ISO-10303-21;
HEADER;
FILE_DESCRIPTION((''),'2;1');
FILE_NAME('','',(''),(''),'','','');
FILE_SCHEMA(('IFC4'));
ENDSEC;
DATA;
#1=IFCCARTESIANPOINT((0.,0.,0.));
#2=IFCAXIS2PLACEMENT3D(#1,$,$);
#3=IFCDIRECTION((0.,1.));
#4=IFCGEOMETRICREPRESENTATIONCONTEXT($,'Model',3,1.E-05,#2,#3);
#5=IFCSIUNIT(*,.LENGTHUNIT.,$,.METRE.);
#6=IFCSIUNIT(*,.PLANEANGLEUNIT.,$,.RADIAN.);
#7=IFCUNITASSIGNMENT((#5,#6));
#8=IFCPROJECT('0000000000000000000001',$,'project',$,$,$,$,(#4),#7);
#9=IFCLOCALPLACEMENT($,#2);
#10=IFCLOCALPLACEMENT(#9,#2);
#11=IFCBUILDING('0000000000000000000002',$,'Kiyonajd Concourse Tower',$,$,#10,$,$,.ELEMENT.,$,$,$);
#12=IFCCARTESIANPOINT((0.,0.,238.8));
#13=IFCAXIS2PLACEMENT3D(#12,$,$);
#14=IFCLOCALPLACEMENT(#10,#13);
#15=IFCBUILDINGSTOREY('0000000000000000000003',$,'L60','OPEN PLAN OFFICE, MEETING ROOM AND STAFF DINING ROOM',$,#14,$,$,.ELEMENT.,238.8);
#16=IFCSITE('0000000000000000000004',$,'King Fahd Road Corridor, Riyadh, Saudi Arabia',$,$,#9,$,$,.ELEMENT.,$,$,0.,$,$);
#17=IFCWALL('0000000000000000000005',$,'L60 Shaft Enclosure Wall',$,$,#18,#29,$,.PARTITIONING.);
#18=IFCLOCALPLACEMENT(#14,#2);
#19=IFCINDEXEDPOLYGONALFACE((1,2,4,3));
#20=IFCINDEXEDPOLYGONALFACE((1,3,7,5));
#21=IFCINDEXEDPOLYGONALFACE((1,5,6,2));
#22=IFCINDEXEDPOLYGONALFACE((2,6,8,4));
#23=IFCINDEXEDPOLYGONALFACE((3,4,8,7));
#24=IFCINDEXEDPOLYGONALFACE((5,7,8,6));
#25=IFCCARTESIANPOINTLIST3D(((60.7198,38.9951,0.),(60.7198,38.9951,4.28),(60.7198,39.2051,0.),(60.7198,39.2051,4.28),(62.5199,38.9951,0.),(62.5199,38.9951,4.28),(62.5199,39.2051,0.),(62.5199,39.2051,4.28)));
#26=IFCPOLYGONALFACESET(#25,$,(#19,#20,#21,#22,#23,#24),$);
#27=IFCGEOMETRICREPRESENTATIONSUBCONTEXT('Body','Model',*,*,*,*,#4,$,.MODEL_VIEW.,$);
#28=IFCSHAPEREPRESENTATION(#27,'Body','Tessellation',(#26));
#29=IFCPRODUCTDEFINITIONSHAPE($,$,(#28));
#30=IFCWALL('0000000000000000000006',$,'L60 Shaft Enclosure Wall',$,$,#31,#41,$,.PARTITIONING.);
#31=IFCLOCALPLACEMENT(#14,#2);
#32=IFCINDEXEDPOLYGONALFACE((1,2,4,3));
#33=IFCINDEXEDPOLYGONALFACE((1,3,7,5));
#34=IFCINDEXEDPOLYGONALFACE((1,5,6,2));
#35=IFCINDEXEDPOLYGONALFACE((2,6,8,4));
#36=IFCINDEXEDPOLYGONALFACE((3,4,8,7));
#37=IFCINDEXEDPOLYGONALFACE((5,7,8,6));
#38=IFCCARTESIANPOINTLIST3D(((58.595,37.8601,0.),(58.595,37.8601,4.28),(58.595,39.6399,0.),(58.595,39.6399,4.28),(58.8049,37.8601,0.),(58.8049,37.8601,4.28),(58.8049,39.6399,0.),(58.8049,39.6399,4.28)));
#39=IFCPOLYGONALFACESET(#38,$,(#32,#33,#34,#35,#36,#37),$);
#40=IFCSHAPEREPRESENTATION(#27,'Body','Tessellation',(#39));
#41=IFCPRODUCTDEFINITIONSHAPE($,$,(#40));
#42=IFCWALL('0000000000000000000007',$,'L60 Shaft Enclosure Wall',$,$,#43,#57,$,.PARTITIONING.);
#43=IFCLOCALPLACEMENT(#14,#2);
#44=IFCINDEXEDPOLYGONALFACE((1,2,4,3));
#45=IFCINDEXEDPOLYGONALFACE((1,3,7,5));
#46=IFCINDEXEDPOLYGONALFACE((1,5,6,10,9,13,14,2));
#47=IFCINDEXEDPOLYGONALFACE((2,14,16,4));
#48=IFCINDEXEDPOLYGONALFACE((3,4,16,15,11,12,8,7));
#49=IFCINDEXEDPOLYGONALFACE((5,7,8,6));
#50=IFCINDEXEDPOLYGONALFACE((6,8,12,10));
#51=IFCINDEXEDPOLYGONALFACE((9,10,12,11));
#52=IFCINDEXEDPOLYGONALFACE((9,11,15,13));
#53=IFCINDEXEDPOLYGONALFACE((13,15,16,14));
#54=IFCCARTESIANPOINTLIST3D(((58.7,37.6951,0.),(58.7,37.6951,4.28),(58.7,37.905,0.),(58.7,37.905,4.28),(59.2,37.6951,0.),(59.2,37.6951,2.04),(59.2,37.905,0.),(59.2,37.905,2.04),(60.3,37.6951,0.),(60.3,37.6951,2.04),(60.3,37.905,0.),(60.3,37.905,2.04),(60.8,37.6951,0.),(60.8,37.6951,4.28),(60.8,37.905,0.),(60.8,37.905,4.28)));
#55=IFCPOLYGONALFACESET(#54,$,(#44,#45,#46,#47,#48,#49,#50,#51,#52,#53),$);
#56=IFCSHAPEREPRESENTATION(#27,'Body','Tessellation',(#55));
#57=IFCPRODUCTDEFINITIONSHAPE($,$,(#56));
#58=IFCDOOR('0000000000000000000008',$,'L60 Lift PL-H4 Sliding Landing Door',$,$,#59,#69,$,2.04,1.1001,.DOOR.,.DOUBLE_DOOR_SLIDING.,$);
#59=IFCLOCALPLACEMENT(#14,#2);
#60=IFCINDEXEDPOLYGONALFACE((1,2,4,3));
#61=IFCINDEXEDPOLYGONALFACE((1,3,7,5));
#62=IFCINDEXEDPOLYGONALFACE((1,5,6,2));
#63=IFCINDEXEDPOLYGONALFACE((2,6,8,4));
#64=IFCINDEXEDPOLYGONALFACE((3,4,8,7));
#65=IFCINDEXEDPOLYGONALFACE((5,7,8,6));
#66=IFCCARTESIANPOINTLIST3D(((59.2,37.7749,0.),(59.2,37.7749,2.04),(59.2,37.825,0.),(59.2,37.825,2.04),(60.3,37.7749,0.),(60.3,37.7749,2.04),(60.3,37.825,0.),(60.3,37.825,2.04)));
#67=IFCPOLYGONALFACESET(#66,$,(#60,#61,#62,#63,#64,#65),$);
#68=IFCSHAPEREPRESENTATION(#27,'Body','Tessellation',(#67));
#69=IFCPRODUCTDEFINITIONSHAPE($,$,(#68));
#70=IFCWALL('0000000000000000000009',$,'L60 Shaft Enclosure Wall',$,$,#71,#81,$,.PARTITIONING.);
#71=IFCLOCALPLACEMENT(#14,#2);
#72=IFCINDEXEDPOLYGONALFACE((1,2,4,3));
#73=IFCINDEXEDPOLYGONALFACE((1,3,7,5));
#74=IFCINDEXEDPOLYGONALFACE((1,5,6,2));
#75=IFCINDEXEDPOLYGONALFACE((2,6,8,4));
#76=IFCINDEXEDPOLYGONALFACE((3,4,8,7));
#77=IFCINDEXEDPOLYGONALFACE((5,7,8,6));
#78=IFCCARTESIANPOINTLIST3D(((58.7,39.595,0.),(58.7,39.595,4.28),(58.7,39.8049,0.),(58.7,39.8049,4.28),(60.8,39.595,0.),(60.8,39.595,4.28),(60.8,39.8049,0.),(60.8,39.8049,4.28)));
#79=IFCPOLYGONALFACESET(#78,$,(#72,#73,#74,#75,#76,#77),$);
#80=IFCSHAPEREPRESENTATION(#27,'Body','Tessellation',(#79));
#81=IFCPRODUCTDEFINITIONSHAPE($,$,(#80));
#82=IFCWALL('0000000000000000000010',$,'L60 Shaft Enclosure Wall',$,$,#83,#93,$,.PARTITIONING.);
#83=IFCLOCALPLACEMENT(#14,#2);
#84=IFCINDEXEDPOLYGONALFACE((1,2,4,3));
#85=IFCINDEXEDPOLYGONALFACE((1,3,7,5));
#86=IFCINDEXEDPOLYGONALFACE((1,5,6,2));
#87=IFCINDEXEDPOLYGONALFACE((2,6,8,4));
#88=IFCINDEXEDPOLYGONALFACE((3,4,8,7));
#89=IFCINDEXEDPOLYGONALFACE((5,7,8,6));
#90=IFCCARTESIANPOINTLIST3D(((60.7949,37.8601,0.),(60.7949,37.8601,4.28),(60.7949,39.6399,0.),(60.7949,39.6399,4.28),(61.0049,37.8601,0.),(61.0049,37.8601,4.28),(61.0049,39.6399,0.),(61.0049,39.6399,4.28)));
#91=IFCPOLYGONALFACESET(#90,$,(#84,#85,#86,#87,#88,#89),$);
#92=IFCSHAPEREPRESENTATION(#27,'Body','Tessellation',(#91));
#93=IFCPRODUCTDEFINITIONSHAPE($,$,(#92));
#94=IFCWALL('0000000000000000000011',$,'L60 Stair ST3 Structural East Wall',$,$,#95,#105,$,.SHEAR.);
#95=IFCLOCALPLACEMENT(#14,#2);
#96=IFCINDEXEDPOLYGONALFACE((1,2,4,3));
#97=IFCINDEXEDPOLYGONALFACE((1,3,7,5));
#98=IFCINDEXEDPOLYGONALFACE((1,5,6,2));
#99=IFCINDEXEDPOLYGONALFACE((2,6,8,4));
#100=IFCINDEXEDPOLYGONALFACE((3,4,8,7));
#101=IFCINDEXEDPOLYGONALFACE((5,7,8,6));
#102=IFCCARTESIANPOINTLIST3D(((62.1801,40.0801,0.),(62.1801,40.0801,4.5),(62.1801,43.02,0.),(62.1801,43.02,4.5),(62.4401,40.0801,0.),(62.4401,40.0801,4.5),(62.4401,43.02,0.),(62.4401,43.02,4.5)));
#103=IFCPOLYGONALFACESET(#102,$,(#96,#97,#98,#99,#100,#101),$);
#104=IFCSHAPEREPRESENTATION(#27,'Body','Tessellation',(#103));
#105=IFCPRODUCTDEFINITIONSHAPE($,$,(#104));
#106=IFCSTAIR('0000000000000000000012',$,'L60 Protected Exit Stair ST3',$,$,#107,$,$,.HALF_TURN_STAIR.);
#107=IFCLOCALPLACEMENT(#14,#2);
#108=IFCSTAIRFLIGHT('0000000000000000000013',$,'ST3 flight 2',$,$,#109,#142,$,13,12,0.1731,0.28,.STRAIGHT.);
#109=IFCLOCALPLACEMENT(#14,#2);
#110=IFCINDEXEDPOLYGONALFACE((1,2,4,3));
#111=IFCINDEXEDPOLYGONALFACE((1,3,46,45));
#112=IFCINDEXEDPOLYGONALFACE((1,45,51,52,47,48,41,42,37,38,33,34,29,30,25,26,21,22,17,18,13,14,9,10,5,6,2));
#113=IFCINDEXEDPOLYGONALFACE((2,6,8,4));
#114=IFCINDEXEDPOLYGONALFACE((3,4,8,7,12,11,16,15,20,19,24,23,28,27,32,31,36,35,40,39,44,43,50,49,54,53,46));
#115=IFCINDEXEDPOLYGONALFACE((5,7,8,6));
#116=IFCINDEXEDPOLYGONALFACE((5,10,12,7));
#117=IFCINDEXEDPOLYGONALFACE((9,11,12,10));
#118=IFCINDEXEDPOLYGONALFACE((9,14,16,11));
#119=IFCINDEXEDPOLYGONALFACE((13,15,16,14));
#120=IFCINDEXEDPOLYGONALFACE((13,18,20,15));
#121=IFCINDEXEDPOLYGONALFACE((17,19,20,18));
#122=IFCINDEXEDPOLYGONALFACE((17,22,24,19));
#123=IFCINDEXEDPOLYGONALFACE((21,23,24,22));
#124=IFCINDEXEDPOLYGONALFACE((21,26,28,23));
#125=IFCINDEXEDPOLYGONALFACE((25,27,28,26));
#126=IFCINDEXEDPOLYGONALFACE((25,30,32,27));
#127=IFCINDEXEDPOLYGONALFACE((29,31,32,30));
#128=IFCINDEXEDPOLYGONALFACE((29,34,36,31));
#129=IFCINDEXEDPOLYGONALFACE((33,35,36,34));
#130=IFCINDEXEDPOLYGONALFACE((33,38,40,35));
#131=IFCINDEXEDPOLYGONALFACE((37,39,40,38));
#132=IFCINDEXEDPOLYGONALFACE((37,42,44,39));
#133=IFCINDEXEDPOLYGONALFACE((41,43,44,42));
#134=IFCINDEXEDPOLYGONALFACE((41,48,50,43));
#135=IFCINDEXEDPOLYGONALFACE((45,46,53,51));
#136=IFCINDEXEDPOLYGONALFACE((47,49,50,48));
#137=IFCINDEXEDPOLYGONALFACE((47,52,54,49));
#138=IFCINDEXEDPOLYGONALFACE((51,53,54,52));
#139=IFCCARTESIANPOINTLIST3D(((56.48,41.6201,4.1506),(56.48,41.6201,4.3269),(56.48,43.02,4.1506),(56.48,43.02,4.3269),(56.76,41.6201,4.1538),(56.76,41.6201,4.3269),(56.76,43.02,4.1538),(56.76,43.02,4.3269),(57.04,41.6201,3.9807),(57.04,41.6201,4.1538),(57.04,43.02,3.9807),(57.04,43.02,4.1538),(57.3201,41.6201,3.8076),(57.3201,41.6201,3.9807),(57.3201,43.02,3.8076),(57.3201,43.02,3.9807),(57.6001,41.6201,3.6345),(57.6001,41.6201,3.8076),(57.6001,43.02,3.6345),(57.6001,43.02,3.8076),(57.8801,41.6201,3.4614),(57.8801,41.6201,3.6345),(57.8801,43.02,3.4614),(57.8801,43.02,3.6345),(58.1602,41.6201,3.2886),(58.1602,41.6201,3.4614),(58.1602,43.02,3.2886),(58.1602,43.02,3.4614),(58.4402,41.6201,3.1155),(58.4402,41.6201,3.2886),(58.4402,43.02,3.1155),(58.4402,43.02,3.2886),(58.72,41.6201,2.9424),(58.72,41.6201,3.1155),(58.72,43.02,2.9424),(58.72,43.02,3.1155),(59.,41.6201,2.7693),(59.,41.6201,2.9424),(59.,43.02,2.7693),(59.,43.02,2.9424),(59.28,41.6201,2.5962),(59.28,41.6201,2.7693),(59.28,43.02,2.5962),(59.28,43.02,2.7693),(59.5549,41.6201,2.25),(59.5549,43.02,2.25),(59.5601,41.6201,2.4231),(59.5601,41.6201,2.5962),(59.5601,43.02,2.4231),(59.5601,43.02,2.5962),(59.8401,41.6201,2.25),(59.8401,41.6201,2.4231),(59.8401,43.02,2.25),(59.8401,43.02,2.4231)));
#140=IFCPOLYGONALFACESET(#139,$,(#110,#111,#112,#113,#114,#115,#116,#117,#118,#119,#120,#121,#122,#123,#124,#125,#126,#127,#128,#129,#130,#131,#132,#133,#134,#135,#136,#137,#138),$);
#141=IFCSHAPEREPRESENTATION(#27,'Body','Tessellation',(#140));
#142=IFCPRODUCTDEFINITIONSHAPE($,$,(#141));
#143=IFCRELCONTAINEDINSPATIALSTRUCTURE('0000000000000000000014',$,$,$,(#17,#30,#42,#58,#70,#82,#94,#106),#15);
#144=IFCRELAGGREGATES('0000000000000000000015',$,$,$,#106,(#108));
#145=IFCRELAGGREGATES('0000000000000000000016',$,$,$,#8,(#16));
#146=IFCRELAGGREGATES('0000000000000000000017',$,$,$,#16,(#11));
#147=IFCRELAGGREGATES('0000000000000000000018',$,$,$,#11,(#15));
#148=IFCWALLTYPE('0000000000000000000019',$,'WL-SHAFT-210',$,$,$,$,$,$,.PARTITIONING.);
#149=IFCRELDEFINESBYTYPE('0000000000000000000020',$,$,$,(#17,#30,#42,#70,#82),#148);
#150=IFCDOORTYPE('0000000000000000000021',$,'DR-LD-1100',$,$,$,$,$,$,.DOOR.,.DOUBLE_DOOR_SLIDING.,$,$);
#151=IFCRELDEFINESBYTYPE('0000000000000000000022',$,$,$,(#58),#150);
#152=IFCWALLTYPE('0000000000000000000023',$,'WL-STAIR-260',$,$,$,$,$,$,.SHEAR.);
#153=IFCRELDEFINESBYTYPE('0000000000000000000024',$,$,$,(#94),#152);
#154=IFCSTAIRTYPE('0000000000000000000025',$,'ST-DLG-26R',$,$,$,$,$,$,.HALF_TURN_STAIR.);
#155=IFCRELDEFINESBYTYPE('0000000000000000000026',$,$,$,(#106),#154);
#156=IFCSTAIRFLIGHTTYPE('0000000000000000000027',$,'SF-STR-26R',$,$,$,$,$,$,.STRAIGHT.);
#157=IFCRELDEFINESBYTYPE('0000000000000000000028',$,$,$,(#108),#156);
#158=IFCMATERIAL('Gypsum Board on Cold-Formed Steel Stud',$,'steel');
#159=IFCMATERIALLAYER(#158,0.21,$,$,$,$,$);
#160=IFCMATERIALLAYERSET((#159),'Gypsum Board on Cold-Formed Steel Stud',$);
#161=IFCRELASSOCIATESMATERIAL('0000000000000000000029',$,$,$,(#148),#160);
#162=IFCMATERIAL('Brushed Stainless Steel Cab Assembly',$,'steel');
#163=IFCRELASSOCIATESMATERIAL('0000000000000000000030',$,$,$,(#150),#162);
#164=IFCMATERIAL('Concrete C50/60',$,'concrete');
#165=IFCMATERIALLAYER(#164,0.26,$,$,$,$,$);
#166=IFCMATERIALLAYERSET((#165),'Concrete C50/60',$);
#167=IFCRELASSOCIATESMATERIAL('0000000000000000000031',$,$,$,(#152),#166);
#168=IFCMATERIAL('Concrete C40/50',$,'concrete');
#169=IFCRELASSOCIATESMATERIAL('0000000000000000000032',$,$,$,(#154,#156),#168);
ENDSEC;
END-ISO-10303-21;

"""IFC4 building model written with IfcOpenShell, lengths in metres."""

from ifc_helpers import new_model, si_unit, direction, frame, frame_2d, origin, place, context, subcontext, project, spatial, polyline, rectangle, outline, extrude, material, layer, layer_set, type_object, element, fill, aggregate, save


model = new_model("IFC4")

# Units and contexts
model_context = context("Model", 3, precision=1e-05, world=origin(), true_north=direction((0.0, 1.0)))
body_context = subcontext(model_context, "Body", "Model", "MODEL_VIEW")
ifc_project = project(units=[si_unit("LENGTHUNIT", "METRE"), si_unit("PLANEANGLEUNIT", "RADIAN")], contexts=[model_context])

# Site, building, storey
site_placement = place(None, origin())
site = spatial("IfcSite", under=ifc_project, at=site_placement, Name="King Fahd Road Corridor, Riyadh, Saudi Arabia", CompositionType="ELEMENT", RefElevation=0.0)
building_placement = place(site_placement, origin())
building = spatial("IfcBuilding", under=site, at=building_placement, Name="Kiyonajd Concourse Tower", CompositionType="ELEMENT")
storey_placement = place(building_placement, frame((0.0, 0.0, 238.8)))
storey = spatial("IfcBuildingStorey", under=building, at=storey_placement, Name="L60", Description="OPEN PLAN OFFICE, MEETING ROOM AND STAFF DINING ROOM", CompositionType="ELEMENT", Elevation=238.8)

# Walls
ifc_material_1 = material(Name="Gypsum Board on Cold-Formed Steel Stud", Category="steel")
ifc_layer_1 = layer(ifc_material_1, 0.21)
ifc_layer_set_1 = layer_set([ifc_layer_1], Name="Gypsum Board on Cold-Formed Steel Stud")
wall_type_1 = type_object("IfcWallType", Name="WL-SHAFT-210", PredefinedType="PARTITIONING", material=ifc_layer_set_1)
wall_1_placement = place(storey_placement, frame((60.72, 39.1001, 0.0), z_axis=(0.0, 0.0, 1.0), x_axis=(1.0, 0.0, 0.0)))
element("IfcWall", 1, at=wall_1_placement, inside=storey, type_object=wall_type_1, Name="L60 Shaft Enclosure Wall", PredefinedType="PARTITIONING", context=body_context, shape_type="SweptSolid", body=[
    extrude(rectangle(XDim=1.8, YDim=0.21, at=frame_2d((0.8999, 0.0))), origin(), (0.0, 0.0, 1.0), 4.28),
])
wall_2_placement = place(storey_placement, frame((58.7, 37.8601, 0.0), z_axis=(0.0, 0.0, 1.0), x_axis=(0.0, 1.0, 0.0)))
element("IfcWall", 2, at=wall_2_placement, inside=storey, type_object=wall_type_1, Name="L60 Shaft Enclosure Wall", PredefinedType="PARTITIONING", context=body_context, shape_type="SweptSolid", body=[
    extrude(rectangle(XDim=1.7798, YDim=0.21, at=frame_2d((0.8899, 0.0))), origin(), (0.0, 0.0, 1.0), 4.28),
])

# Wall, opening, door
wall_3_placement = place(storey_placement, frame((58.7, 37.8, 0.0), z_axis=(0.0, 0.0, 1.0), x_axis=(1.0, 0.0, 0.0)))
wall_3 = element("IfcWall", 3, at=wall_3_placement, inside=storey, type_object=wall_type_1, Name="L60 Shaft Enclosure Wall", PredefinedType="PARTITIONING", context=body_context, shape_type="SweptSolid", body=[
    extrude(rectangle(XDim=2.1001, YDim=0.21, at=frame_2d((1.05, 0.0))), origin(), (0.0, 0.0, 1.0), 4.28),
])
opening_1_placement = place(wall_3_placement, frame((0.5, 0.0, 0.0)))
opening_1 = element("IfcOpeningElement", 4, at=opening_1_placement, cuts=wall_3, PredefinedType="OPENING", context=body_context, shape_type="SweptSolid", body=[
    extrude(rectangle(XDim=1.1001, YDim=2.04, at=frame_2d((0.55, 1.02))), frame((0.0, 0.115, 0.0), z_axis=(0.0, -1.0, 0.0), x_axis=(1.0, 0.0, 0.0)), (0.0, 0.0, 1.0), 0.23),
])
ifc_material_2 = material(Name="Brushed Stainless Steel Cab Assembly", Category="steel")
door_type_1 = type_object("IfcDoorType", Name="DR-LD-1100", OperationType="DOUBLE_DOOR_SLIDING", PredefinedType="DOOR", material=ifc_material_2)
door_1_placement = place(opening_1_placement, origin())
door_1 = element("IfcDoor", 5, at=door_1_placement, inside=storey, type_object=door_type_1, Name="L60 Lift PL-H4 Sliding Landing Door", OperationType="DOUBLE_DOOR_SLIDING", OverallHeight=2.04, OverallWidth=1.1001, PredefinedType="DOOR", context=body_context, shape_type="SweptSolid", body=[
    extrude(rectangle(XDim=1.1001, YDim=2.04, at=frame_2d((0.55, 1.02))), frame((0.0, 0.0249, 0.0), z_axis=(0.0, -1.0, 0.0), x_axis=(1.0, 0.0, 0.0)), (0.0, 0.0, 1.0), 0.05),
])
fill(opening_1, door_1)

# Walls
wall_4_placement = place(storey_placement, frame((58.7, 39.7, 0.0), z_axis=(0.0, 0.0, 1.0), x_axis=(1.0, 0.0, 0.0)))
element("IfcWall", 6, at=wall_4_placement, inside=storey, type_object=wall_type_1, Name="L60 Shaft Enclosure Wall", PredefinedType="PARTITIONING", context=body_context, shape_type="SweptSolid", body=[
    extrude(rectangle(XDim=2.1001, YDim=0.21, at=frame_2d((1.05, 0.0))), origin(), (0.0, 0.0, 1.0), 4.28),
])
wall_5_placement = place(storey_placement, frame((60.8999, 37.8601, 0.0), z_axis=(0.0, 0.0, 1.0), x_axis=(0.0, 1.0, 0.0)))
element("IfcWall", 7, at=wall_5_placement, inside=storey, type_object=wall_type_1, Name="L60 Shaft Enclosure Wall", PredefinedType="PARTITIONING", context=body_context, shape_type="SweptSolid", body=[
    extrude(rectangle(XDim=1.7798, YDim=0.21, at=frame_2d((0.8899, 0.0))), origin(), (0.0, 0.0, 1.0), 4.28),
])
ifc_material_3 = material(Name="Concrete C50/60", Category="concrete")
ifc_layer_2 = layer(ifc_material_3, 0.26)
ifc_layer_set_2 = layer_set([ifc_layer_2], Name="Concrete C50/60")
wall_type_2 = type_object("IfcWallType", Name="WL-STAIR-260", PredefinedType="SHEAR", material=ifc_layer_set_2)
wall_6_placement = place(storey_placement, frame((62.3101, 40.0801, 0.0), z_axis=(0.0, 0.0, 1.0), x_axis=(0.0, 1.0, 0.0)))
element("IfcWall", 8, at=wall_6_placement, inside=storey, type_object=wall_type_2, Name="L60 Stair ST3 Structural East Wall", PredefinedType="SHEAR", context=body_context, shape_type="SweptSolid", body=[
    extrude(rectangle(XDim=2.9399, YDim=0.26, at=frame_2d((1.47, 0.0))), origin(), (0.0, 0.0, 1.0), 4.5),
])

# Stair, stair flight
ifc_material_4 = material(Name="Concrete C40/50", Category="concrete")
stair_type = type_object("IfcStairType", Name="ST-DLG-26R", PredefinedType="HALF_TURN_STAIR", material=ifc_material_4)
stair_placement = place(storey_placement, origin())
stair = element("IfcStair", 9, at=stair_placement, inside=storey, type_object=stair_type, Name="L60 Protected Exit Stair ST3", PredefinedType="HALF_TURN_STAIR")
stair_flight_type = type_object("IfcStairFlightType", Name="SF-STR-26R", PredefinedType="STRAIGHT", material=ifc_material_4)
stair_flight_placement = place(storey_placement, frame((59.8401, 42.3201, 2.25), z_axis=(0.0, 0.0, 1.0), x_axis=(-1.0, 0.0, 0.0)))
stair_flight = element("IfcStairFlight", 10, at=stair_flight_placement, type_object=stair_flight_type, Name="ST3 flight 2", NumberOfRisers=13, NumberOfTreads=12, PredefinedType="STRAIGHT", RiserHeight=0.1731, TreadLength=0.28, context=body_context, shape_type="SweptSolid", body=[
    extrude(outline(polyline([(0.0, 0.0), (0.0, 0.1731), (0.28, 0.1731), (0.28, 0.3462), (0.5601, 0.3462), (0.5601, 0.5193), (0.8401, 0.5193), (0.8401, 0.6924), (1.1201, 0.6924), (1.1201, 0.8655), (1.3999, 0.8655), (1.3999, 1.0386), (1.6799, 1.0386), (1.6799, 1.2114), (1.96, 1.2114), (1.96, 1.3845), (2.24, 1.3845), (2.24, 1.5576), (2.52, 1.5576), (2.52, 1.7307), (2.8, 1.7307), (2.8, 1.9038), (3.0801, 1.9038), (3.0801, 2.0769), (3.3601, 2.0769), (3.3601, 2.25), (3.3601, 1.9006), (0.2852, 0.0), (0.0, 0.0)])), frame((0.0, 0.7, 0.0), z_axis=(0.0, -1.0, 0.0), x_axis=(1.0, 0.0, 0.0)), (0.0, 0.0, 1.0), 1.3999),
])
aggregate(stair, [stair_flight])

save(model, "model.ifc")
